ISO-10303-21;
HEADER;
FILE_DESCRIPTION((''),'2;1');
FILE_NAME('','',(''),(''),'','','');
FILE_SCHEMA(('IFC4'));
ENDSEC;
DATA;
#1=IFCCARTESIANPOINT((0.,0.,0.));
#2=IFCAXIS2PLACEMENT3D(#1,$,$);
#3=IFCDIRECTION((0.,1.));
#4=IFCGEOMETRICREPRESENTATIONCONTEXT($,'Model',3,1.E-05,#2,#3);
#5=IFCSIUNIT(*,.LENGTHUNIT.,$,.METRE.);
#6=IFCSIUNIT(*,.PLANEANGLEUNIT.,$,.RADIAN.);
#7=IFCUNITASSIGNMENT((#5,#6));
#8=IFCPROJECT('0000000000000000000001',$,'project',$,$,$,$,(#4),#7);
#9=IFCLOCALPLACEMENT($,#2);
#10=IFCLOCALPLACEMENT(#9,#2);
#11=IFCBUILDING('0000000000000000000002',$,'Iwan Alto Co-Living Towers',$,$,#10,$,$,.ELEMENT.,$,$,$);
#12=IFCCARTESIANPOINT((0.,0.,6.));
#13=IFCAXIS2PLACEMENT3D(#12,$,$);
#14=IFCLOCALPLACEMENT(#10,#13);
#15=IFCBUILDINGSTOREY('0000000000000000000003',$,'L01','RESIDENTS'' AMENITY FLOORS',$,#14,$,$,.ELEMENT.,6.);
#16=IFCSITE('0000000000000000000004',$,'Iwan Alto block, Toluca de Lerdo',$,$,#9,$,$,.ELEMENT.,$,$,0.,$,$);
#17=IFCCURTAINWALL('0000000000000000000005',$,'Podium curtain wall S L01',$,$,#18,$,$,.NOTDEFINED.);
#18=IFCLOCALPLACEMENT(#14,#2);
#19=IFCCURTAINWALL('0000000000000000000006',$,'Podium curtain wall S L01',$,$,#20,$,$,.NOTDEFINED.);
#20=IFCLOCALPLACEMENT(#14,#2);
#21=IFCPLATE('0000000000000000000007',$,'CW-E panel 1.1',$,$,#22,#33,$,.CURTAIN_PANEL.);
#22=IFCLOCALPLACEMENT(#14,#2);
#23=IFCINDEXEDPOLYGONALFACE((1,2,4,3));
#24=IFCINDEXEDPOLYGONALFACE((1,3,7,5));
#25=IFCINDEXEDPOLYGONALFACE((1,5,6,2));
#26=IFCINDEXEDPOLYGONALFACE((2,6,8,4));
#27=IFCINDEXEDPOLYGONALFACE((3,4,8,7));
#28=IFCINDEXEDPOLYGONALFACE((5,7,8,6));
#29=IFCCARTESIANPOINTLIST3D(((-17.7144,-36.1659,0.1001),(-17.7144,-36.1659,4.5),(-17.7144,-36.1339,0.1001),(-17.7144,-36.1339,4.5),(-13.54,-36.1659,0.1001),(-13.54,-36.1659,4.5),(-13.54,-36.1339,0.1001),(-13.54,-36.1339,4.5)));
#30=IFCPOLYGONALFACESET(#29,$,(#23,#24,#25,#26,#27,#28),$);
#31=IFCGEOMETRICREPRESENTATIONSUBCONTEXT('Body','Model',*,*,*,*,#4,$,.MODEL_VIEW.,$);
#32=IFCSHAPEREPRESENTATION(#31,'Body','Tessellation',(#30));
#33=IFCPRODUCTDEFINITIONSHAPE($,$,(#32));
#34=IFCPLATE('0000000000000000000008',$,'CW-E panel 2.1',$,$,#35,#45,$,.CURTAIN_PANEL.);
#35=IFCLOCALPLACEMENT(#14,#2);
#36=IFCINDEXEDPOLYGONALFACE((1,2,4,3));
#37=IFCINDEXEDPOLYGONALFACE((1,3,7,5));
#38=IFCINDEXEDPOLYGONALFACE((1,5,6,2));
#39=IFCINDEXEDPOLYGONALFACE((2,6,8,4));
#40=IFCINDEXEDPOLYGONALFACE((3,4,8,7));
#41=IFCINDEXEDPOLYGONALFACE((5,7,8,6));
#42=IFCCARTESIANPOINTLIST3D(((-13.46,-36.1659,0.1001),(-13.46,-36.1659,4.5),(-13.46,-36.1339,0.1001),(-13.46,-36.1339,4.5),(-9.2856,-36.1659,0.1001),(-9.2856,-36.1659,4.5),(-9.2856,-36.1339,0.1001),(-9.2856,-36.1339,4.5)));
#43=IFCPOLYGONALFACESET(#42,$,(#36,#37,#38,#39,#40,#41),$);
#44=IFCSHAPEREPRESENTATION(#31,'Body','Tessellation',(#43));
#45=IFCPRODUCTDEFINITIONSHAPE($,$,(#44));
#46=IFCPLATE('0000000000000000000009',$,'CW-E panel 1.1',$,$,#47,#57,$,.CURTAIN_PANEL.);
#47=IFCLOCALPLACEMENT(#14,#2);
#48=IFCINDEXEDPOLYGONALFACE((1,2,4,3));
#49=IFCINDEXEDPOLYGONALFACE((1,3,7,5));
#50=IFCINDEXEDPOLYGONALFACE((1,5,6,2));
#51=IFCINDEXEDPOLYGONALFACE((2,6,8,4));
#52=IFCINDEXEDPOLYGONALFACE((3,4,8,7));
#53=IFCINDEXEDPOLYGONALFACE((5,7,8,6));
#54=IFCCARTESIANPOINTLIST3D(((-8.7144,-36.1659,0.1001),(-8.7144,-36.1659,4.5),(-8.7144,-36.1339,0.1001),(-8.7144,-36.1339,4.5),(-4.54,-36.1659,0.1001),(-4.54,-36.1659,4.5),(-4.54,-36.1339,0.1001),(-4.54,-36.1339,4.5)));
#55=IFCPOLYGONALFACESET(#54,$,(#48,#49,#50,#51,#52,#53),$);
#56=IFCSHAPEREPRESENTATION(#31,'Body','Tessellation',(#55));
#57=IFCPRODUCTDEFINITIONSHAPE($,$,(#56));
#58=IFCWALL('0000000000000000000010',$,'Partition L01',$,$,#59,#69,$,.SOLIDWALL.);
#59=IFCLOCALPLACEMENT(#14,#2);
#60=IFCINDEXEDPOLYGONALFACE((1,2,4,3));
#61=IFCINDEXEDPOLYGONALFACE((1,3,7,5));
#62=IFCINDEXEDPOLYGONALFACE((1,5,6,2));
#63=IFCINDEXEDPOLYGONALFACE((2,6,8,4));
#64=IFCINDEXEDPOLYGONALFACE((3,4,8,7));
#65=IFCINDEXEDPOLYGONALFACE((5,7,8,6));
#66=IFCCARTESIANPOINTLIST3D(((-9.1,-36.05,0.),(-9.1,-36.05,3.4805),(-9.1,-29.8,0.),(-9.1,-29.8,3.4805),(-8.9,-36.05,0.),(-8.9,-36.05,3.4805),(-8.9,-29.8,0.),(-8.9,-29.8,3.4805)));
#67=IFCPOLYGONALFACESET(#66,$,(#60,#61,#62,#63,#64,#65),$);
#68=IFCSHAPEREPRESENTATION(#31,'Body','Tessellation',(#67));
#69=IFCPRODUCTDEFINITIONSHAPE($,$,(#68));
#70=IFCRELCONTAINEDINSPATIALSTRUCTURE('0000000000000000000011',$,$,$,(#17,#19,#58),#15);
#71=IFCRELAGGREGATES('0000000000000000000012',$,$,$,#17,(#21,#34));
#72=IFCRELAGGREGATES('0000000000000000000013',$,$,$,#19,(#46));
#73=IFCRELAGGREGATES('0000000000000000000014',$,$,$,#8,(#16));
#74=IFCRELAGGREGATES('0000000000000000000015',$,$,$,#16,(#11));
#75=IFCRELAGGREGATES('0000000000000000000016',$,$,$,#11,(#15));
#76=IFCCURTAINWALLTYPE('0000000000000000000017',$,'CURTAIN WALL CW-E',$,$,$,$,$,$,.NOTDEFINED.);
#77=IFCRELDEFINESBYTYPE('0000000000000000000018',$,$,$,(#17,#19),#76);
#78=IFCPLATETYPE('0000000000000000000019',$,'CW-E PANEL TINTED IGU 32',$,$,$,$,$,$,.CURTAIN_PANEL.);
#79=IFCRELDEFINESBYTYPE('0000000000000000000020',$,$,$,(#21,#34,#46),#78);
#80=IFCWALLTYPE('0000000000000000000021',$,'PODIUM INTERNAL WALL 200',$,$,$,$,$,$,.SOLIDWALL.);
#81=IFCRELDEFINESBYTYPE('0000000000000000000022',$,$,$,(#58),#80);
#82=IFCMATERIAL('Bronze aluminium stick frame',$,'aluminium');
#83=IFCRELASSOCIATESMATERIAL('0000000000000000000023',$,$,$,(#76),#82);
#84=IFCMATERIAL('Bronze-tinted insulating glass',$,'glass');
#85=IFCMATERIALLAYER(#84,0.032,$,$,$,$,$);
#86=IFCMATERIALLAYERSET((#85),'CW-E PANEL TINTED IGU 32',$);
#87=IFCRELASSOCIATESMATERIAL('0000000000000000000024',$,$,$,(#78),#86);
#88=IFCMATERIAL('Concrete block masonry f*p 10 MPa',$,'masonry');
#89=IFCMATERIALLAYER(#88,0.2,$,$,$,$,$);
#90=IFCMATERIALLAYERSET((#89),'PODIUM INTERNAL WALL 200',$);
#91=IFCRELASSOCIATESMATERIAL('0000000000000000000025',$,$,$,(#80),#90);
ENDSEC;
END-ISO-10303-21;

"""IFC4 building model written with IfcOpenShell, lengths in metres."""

from ifc_helpers import new_model, si_unit, direction, frame, frame_2d, origin, origin_2d, place, context, subcontext, project, spatial, rectangle, extrude, material, layer, layer_set, type_object, element, aggregate, save


model = new_model("IFC4")

# Units and contexts
model_context = context("Model", 3, precision=1e-05, world=origin(), true_north=direction((0.0, 1.0)))
body_context = subcontext(model_context, "Body", "Model", "MODEL_VIEW")
ifc_project = project(units=[si_unit("LENGTHUNIT", "METRE"), si_unit("PLANEANGLEUNIT", "RADIAN")], contexts=[model_context])

# Site, building, storey
site_placement = place(None, origin())
site = spatial("IfcSite", under=ifc_project, at=site_placement, Name="Iwan Alto block, Toluca de Lerdo", CompositionType="ELEMENT", RefElevation=0.0)
building_placement = place(site_placement, origin())
building = spatial("IfcBuilding", under=site, at=building_placement, Name="Iwan Alto Co-Living Towers", CompositionType="ELEMENT")
storey_placement = place(building_placement, frame((0.0, 0.0, 6.0)))
storey = spatial("IfcBuildingStorey", under=building, at=storey_placement, Name="L01", Description="RESIDENTS' AMENITY FLOORS", CompositionType="ELEMENT", Elevation=6.0)

# Curtain walls
ifc_material_1 = material(Name="Bronze aluminium stick frame", Category="aluminium")
curtain_wall_type = type_object("IfcCurtainWallType", Name="CURTAIN WALL CW-E", PredefinedType="NOTDEFINED", material=ifc_material_1)
curtain_wall_1_placement = place(storey_placement, origin())
curtain_wall_1 = element("IfcCurtainWall", 1, at=curtain_wall_1_placement, inside=storey, type_object=curtain_wall_type, Name="Podium curtain wall S L01", PredefinedType="NOTDEFINED")
curtain_wall_2_placement = place(storey_placement, origin())
curtain_wall_2 = element("IfcCurtainWall", 2, at=curtain_wall_2_placement, inside=storey, type_object=curtain_wall_type, Name="Podium curtain wall S L01", PredefinedType="NOTDEFINED")

# Plates
ifc_material_2 = material(Name="Bronze-tinted insulating glass", Category="glass")
ifc_layer_1 = layer(ifc_material_2, 0.032)
ifc_layer_set_1 = layer_set([ifc_layer_1], Name="CW-E PANEL TINTED IGU 32")
plate_type = type_object("IfcPlateType", Name="CW-E PANEL TINTED IGU 32", PredefinedType="CURTAIN_PANEL", material=ifc_layer_set_1)
plate_1_placement = place(storey_placement, frame((-15.6272, -36.1499, 0.1001), z_axis=(0.0, 0.0, 1.0), x_axis=(1.0, 0.0, 0.0)))
plate_1 = element("IfcPlate", 3, at=plate_1_placement, type_object=plate_type, Name="CW-E panel 1.1", PredefinedType="CURTAIN_PANEL", context=body_context, shape_type="SweptSolid", body=[
    extrude(rectangle(XDim=4.1743, YDim=0.032, at=origin_2d()), origin(), (0.0, 0.0, 1.0), 4.3999),
])
plate_2_placement = place(storey_placement, frame((-11.3728, -36.1499, 0.1001), z_axis=(0.0, 0.0, 1.0), x_axis=(1.0, 0.0, 0.0)))
plate_2 = element("IfcPlate", 4, at=plate_2_placement, type_object=plate_type, Name="CW-E panel 2.1", PredefinedType="CURTAIN_PANEL", context=body_context, shape_type="SweptSolid", body=[
    extrude(rectangle(XDim=4.1743, YDim=0.032, at=origin_2d()), origin(), (0.0, 0.0, 1.0), 4.3999),
])
aggregate(curtain_wall_1, [plate_1, plate_2])
plate_3_placement = place(storey_placement, frame((-6.6272, -36.1499, 0.1001), z_axis=(0.0, 0.0, 1.0), x_axis=(1.0, 0.0, 0.0)))
plate_3 = element("IfcPlate", 5, at=plate_3_placement, type_object=plate_type, Name="CW-E panel 1.1", PredefinedType="CURTAIN_PANEL", context=body_context, shape_type="SweptSolid", body=[
    extrude(rectangle(XDim=4.1743, YDim=0.032, at=origin_2d()), origin(), (0.0, 0.0, 1.0), 4.3999),
])
aggregate(curtain_wall_2, [plate_3])

# Wall
ifc_material_3 = material(Name="Concrete block masonry f*p 10 MPa", Category="masonry")
ifc_layer_2 = layer(ifc_material_3, 0.2)
ifc_layer_set_2 = layer_set([ifc_layer_2], Name="PODIUM INTERNAL WALL 200")
wall_type = type_object("IfcWallType", Name="PODIUM INTERNAL WALL 200", PredefinedType="SOLIDWALL", material=ifc_layer_set_2)
wall_placement = place(storey_placement, frame((-9.0, -36.05, 0.0), z_axis=(0.0, 0.0, 1.0), x_axis=(0.0, 1.0, 0.0)))
element("IfcWall", 6, at=wall_placement, inside=storey, type_object=wall_type, Name="Partition L01", PredefinedType="SOLIDWALL", context=body_context, shape_type="SweptSolid", body=[
    extrude(rectangle(XDim=6.25, YDim=0.2, at=frame_2d((3.125, 0.0))), origin(), (0.0, 0.0, 1.0), 3.4805),
])

save(model, "model.ifc")
